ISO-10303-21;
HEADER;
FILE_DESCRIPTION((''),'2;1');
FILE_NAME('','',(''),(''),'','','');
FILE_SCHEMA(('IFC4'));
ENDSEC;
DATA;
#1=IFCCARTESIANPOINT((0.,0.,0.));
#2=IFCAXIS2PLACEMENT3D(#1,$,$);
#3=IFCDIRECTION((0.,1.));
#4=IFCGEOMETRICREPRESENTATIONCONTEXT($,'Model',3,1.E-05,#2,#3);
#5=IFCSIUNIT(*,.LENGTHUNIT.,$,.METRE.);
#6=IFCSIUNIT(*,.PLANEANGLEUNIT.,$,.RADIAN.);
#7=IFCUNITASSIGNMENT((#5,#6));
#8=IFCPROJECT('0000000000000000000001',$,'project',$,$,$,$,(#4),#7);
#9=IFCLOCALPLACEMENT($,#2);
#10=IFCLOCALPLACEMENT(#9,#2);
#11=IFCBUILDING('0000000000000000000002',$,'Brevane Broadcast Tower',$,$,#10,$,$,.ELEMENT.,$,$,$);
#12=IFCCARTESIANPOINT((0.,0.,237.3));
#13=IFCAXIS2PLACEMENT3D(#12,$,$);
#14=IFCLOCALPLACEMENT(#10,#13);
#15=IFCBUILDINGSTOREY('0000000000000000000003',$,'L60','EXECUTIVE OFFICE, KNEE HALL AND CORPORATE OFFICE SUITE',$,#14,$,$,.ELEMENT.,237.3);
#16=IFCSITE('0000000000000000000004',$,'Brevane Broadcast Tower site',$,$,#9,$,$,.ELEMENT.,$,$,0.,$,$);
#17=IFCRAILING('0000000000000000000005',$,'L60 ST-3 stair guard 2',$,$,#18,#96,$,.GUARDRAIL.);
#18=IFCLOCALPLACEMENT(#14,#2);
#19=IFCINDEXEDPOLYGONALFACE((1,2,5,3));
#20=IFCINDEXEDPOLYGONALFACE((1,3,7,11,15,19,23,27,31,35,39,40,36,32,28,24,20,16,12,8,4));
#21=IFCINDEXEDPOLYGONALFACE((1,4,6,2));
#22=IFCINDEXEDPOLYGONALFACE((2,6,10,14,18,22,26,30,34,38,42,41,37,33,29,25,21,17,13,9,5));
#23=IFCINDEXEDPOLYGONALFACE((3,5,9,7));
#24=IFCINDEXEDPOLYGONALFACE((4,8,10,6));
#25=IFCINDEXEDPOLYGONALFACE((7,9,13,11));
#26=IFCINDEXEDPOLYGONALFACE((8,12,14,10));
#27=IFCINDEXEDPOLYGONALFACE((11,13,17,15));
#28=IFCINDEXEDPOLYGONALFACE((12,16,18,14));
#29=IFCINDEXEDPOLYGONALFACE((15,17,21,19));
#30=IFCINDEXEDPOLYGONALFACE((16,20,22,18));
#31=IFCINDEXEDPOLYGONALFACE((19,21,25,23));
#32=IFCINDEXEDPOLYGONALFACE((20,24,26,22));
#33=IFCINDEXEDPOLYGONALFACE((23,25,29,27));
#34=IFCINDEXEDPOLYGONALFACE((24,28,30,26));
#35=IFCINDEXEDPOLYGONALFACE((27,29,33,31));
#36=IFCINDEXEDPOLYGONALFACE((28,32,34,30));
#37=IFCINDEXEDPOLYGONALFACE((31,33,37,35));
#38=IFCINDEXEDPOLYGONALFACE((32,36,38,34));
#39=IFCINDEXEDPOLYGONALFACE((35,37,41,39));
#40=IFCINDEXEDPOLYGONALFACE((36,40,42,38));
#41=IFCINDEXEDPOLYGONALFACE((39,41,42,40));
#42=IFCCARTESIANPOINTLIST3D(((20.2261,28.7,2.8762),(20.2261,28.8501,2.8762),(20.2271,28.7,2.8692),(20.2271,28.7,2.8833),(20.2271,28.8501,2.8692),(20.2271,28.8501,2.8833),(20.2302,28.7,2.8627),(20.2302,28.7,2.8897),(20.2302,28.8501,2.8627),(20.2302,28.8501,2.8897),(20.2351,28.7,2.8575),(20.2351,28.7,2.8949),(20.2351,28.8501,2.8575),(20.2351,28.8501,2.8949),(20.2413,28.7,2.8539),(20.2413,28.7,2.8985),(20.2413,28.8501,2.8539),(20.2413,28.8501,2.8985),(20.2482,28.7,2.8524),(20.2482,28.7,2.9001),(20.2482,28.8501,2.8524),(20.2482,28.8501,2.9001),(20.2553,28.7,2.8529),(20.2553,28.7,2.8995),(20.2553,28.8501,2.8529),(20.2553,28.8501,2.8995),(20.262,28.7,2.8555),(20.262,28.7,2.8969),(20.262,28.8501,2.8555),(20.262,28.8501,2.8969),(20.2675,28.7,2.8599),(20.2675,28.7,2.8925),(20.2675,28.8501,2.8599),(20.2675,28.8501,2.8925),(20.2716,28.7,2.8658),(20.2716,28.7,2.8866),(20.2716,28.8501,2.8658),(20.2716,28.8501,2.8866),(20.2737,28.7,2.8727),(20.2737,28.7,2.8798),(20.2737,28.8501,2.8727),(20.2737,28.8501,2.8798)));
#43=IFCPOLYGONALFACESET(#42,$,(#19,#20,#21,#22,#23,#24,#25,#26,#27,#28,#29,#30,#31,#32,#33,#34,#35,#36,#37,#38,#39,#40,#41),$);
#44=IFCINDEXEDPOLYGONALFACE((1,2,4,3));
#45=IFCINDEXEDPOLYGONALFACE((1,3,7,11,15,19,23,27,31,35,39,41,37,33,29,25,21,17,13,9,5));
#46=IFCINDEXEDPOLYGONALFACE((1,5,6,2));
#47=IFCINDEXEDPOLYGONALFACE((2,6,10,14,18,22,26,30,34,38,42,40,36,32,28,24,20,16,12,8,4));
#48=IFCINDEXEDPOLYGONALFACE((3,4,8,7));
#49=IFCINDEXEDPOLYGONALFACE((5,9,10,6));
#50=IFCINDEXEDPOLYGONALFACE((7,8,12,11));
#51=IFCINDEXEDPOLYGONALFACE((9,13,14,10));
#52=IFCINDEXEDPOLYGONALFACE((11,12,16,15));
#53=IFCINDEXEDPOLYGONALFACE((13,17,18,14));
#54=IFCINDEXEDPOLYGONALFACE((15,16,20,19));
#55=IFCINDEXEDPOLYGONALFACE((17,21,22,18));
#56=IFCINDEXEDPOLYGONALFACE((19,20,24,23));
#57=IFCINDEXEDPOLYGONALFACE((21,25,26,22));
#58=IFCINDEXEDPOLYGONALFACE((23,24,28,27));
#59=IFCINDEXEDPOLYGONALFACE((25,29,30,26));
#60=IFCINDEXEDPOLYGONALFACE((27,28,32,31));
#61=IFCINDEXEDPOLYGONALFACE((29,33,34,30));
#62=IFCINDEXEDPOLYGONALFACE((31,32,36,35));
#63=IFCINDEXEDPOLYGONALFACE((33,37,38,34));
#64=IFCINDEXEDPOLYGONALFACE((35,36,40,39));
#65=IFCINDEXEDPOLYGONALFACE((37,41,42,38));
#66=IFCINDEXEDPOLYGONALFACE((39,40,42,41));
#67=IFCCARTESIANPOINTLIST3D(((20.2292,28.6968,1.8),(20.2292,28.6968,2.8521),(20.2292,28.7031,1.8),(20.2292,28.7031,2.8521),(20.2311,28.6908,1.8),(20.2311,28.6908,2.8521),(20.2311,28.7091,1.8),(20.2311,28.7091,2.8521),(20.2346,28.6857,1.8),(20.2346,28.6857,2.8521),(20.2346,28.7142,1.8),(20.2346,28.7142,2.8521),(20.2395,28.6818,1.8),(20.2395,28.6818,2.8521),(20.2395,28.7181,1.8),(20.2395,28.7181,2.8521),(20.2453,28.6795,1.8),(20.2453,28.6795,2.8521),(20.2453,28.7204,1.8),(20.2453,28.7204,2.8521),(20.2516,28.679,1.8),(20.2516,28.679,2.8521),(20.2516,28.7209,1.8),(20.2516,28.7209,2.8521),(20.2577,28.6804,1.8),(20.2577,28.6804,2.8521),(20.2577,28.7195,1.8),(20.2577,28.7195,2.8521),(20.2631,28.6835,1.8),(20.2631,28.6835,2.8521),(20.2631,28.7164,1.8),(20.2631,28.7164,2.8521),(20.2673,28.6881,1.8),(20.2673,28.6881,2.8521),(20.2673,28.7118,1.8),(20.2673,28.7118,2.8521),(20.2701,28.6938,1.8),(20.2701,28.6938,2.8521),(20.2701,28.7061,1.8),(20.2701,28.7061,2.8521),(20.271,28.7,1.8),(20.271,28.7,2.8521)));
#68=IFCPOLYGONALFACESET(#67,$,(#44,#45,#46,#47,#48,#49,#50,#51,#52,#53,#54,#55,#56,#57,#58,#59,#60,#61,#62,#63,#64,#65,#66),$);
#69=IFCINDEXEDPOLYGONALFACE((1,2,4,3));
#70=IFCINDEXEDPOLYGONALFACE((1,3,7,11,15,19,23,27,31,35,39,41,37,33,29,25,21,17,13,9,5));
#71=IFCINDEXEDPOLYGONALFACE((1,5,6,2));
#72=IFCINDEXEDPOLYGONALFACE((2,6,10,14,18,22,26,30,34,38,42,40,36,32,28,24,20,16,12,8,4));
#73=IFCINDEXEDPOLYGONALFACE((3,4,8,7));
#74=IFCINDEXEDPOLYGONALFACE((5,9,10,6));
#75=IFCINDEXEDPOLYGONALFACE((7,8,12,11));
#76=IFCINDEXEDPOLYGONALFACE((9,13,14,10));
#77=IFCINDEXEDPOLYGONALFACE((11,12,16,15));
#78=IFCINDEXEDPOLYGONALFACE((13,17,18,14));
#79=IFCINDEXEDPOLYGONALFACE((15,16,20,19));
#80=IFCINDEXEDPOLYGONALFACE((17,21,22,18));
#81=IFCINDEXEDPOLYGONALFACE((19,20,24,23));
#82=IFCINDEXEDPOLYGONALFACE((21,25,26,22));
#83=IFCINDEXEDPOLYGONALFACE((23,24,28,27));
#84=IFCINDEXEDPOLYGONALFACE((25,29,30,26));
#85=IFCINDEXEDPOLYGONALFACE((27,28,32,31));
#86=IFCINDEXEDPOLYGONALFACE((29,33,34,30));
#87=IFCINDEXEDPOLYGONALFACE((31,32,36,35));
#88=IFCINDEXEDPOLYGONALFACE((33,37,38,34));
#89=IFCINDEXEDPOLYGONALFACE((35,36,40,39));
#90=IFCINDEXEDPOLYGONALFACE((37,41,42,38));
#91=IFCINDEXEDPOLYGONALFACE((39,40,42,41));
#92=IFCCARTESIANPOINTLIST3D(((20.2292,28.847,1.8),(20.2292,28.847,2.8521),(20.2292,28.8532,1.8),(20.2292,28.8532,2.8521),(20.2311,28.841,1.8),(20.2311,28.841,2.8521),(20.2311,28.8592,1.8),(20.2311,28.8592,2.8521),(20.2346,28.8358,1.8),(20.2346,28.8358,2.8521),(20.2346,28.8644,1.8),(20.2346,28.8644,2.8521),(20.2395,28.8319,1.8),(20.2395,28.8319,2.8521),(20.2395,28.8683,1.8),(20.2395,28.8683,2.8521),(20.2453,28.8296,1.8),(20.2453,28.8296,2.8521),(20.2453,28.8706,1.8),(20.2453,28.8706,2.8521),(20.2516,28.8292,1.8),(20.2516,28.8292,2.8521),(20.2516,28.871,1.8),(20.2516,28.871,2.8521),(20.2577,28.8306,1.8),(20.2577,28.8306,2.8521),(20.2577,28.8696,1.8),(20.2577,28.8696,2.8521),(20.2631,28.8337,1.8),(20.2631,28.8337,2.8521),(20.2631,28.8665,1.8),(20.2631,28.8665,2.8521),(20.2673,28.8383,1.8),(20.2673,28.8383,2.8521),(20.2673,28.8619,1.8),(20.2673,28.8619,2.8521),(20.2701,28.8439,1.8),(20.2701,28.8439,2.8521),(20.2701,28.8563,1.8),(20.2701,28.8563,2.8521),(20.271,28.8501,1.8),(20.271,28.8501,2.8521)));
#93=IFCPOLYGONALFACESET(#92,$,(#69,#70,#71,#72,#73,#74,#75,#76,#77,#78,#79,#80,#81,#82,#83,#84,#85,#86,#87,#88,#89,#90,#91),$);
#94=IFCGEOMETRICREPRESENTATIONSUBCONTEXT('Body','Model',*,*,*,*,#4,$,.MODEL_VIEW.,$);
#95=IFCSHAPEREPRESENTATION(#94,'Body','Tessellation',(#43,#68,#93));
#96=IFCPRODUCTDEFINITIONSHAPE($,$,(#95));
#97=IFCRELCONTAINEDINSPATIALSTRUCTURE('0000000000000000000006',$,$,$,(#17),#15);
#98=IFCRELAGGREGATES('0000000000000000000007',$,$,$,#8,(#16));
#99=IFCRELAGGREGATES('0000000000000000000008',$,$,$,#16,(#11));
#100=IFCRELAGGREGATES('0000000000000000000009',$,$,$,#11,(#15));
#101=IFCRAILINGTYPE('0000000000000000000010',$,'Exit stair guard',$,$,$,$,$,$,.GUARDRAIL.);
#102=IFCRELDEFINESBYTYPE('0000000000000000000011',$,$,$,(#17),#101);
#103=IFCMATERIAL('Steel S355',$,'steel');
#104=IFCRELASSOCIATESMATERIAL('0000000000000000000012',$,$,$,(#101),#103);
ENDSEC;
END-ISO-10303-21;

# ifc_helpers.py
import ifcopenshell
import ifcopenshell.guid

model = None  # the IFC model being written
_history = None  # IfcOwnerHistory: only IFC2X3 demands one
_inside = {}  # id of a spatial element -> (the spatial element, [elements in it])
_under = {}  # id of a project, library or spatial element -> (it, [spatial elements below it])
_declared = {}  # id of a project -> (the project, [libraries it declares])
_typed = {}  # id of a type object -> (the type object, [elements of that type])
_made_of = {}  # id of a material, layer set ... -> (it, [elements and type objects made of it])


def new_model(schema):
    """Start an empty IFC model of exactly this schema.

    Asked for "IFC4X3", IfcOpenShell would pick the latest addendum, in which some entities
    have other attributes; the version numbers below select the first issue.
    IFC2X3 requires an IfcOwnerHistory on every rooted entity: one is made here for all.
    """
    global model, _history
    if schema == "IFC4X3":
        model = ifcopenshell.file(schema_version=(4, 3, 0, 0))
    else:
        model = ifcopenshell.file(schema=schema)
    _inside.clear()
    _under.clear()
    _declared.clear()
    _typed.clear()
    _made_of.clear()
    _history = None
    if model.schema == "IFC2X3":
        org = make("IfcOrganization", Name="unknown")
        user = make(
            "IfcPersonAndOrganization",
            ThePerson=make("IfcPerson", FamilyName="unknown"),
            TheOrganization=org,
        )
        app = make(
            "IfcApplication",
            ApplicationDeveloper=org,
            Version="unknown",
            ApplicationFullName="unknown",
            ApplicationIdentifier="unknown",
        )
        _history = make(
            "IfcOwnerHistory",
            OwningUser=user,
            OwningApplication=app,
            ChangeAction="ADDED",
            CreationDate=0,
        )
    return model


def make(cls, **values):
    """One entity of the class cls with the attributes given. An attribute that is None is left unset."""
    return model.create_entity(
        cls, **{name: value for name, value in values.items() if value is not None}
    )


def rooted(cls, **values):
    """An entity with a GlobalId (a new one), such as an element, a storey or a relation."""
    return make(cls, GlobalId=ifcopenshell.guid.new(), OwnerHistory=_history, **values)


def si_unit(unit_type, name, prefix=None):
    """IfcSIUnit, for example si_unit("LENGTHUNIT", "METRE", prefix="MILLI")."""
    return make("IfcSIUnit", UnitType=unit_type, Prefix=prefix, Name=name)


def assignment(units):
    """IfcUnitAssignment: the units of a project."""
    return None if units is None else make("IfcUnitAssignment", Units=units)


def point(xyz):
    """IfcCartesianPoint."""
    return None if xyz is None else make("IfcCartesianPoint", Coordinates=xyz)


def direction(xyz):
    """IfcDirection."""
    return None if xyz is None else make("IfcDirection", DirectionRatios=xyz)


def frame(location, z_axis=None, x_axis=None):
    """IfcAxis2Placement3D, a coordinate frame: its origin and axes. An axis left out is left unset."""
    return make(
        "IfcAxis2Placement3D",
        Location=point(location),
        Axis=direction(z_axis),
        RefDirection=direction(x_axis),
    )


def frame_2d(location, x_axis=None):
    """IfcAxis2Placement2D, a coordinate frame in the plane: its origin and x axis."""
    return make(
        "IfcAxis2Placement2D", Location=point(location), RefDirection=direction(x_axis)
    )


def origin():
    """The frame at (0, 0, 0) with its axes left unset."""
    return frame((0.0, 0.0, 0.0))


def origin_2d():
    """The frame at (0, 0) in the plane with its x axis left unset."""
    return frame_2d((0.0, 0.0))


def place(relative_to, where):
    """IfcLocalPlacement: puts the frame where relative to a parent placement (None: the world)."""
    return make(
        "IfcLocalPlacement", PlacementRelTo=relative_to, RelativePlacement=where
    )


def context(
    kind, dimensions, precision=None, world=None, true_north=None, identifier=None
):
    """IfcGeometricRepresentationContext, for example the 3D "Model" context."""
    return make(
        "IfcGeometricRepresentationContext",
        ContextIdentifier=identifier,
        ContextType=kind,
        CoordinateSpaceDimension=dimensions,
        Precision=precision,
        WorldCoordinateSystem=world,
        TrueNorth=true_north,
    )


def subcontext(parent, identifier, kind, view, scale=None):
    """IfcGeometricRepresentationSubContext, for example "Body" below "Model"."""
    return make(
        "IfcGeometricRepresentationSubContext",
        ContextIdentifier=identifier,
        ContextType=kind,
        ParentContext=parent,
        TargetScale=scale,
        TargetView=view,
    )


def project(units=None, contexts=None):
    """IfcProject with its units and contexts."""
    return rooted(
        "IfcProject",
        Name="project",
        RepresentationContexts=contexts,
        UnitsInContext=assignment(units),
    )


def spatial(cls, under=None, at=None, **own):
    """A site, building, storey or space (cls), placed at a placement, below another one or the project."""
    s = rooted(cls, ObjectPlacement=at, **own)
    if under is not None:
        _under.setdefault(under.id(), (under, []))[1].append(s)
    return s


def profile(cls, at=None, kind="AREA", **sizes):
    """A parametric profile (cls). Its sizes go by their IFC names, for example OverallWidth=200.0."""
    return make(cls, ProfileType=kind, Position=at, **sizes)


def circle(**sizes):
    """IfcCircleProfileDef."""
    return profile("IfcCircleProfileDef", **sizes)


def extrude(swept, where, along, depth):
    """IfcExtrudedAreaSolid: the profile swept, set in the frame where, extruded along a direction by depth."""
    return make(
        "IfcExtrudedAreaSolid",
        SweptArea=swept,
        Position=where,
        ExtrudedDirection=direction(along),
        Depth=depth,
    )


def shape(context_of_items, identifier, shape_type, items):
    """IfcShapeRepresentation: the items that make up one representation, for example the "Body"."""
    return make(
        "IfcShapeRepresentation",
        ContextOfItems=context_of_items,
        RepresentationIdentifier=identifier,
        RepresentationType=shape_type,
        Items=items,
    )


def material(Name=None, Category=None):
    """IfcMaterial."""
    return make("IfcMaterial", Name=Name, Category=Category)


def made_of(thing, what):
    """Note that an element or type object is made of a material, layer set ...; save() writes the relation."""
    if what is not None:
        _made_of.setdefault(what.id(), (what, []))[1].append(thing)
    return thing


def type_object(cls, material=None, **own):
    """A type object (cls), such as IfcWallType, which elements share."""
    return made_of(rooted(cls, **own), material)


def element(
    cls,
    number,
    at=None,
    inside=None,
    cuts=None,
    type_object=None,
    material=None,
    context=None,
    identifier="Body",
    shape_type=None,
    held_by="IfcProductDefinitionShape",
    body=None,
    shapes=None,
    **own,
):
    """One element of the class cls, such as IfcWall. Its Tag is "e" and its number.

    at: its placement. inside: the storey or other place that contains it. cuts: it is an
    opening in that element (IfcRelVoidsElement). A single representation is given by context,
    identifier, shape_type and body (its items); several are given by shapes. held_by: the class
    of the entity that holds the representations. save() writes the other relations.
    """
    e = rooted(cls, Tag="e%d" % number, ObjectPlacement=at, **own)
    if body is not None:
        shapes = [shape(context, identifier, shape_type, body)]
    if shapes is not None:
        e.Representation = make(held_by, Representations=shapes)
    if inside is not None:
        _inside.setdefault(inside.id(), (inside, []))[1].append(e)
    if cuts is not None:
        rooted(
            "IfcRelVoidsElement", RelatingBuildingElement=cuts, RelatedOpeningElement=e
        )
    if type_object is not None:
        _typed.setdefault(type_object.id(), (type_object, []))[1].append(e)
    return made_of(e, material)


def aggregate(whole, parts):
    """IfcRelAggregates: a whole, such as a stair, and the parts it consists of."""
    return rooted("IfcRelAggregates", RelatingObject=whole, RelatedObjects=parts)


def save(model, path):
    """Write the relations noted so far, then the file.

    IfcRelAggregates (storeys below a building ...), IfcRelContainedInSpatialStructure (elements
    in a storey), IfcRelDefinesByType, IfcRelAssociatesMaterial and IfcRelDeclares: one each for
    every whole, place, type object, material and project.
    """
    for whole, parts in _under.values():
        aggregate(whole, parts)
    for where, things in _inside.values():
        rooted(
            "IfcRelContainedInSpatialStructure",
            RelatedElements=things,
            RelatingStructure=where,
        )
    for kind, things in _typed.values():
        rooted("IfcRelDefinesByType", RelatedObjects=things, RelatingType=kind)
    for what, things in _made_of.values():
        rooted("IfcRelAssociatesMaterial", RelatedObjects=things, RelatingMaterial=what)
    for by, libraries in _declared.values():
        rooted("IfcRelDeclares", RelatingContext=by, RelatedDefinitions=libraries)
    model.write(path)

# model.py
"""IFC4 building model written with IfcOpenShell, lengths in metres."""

from ifc_helpers import new_model, si_unit, direction, frame, origin, origin_2d, place, context, subcontext, project, spatial, circle, extrude, material, type_object, element, save


model = new_model("IFC4")

# Units and contexts
model_context = context("Model", 3, precision=1e-05, world=origin(), true_north=direction((0.0, 1.0)))
body_context = subcontext(model_context, "Body", "Model", "MODEL_VIEW")
ifc_project = project(units=[si_unit("LENGTHUNIT", "METRE"), si_unit("PLANEANGLEUNIT", "RADIAN")], contexts=[model_context])

# Site, building, storey
site_placement = place(None, origin())
site = spatial("IfcSite", under=ifc_project, at=site_placement, Name="Brevane Broadcast Tower site", CompositionType="ELEMENT", RefElevation=0.0)
building_placement = place(site_placement, origin())
building = spatial("IfcBuilding", under=site, at=building_placement, Name="Brevane Broadcast Tower", CompositionType="ELEMENT")
storey_placement = place(building_placement, frame((0.0, 0.0, 237.3)))
storey = spatial("IfcBuildingStorey", under=building, at=storey_placement, Name="L60", Description="EXECUTIVE OFFICE, KNEE HALL AND CORPORATE OFFICE SUITE", CompositionType="ELEMENT", Elevation=237.3)

# Railing
ifc_material_1 = material(Name="Steel S355", Category="steel")
railing_type_1 = type_object("IfcRailingType", Name="Exit stair guard", PredefinedType="GUARDRAIL", material=ifc_material_1)
railing_1_placement = place(storey_placement, frame((20.25, 28.7, 1.8)))
element("IfcRailing", 1, at=railing_1_placement, inside=storey, type_object=railing_type_1, Name="L60 ST-3 stair guard 2", PredefinedType="GUARDRAIL", context=body_context, shape_type="SweptSolid", body=[
    extrude(circle(Radius=0.0239, at=origin_2d()), frame((0.0, 0.0, 1.0762), z_axis=(0.0, 1.0, 0.0), x_axis=(-1.0, 0.0, 0.0)), (0.0, 0.0, 1.0), 0.1501),
    extrude(circle(Radius=0.021, at=origin_2d()), origin(), (0.0, 0.0, 1.0), 1.052),
    extrude(circle(Radius=0.021, at=origin_2d()), frame((0.0, 0.1501, 0.0)), (0.0, 0.0, 1.0), 1.052),
])

save(model, "model.ifc")
